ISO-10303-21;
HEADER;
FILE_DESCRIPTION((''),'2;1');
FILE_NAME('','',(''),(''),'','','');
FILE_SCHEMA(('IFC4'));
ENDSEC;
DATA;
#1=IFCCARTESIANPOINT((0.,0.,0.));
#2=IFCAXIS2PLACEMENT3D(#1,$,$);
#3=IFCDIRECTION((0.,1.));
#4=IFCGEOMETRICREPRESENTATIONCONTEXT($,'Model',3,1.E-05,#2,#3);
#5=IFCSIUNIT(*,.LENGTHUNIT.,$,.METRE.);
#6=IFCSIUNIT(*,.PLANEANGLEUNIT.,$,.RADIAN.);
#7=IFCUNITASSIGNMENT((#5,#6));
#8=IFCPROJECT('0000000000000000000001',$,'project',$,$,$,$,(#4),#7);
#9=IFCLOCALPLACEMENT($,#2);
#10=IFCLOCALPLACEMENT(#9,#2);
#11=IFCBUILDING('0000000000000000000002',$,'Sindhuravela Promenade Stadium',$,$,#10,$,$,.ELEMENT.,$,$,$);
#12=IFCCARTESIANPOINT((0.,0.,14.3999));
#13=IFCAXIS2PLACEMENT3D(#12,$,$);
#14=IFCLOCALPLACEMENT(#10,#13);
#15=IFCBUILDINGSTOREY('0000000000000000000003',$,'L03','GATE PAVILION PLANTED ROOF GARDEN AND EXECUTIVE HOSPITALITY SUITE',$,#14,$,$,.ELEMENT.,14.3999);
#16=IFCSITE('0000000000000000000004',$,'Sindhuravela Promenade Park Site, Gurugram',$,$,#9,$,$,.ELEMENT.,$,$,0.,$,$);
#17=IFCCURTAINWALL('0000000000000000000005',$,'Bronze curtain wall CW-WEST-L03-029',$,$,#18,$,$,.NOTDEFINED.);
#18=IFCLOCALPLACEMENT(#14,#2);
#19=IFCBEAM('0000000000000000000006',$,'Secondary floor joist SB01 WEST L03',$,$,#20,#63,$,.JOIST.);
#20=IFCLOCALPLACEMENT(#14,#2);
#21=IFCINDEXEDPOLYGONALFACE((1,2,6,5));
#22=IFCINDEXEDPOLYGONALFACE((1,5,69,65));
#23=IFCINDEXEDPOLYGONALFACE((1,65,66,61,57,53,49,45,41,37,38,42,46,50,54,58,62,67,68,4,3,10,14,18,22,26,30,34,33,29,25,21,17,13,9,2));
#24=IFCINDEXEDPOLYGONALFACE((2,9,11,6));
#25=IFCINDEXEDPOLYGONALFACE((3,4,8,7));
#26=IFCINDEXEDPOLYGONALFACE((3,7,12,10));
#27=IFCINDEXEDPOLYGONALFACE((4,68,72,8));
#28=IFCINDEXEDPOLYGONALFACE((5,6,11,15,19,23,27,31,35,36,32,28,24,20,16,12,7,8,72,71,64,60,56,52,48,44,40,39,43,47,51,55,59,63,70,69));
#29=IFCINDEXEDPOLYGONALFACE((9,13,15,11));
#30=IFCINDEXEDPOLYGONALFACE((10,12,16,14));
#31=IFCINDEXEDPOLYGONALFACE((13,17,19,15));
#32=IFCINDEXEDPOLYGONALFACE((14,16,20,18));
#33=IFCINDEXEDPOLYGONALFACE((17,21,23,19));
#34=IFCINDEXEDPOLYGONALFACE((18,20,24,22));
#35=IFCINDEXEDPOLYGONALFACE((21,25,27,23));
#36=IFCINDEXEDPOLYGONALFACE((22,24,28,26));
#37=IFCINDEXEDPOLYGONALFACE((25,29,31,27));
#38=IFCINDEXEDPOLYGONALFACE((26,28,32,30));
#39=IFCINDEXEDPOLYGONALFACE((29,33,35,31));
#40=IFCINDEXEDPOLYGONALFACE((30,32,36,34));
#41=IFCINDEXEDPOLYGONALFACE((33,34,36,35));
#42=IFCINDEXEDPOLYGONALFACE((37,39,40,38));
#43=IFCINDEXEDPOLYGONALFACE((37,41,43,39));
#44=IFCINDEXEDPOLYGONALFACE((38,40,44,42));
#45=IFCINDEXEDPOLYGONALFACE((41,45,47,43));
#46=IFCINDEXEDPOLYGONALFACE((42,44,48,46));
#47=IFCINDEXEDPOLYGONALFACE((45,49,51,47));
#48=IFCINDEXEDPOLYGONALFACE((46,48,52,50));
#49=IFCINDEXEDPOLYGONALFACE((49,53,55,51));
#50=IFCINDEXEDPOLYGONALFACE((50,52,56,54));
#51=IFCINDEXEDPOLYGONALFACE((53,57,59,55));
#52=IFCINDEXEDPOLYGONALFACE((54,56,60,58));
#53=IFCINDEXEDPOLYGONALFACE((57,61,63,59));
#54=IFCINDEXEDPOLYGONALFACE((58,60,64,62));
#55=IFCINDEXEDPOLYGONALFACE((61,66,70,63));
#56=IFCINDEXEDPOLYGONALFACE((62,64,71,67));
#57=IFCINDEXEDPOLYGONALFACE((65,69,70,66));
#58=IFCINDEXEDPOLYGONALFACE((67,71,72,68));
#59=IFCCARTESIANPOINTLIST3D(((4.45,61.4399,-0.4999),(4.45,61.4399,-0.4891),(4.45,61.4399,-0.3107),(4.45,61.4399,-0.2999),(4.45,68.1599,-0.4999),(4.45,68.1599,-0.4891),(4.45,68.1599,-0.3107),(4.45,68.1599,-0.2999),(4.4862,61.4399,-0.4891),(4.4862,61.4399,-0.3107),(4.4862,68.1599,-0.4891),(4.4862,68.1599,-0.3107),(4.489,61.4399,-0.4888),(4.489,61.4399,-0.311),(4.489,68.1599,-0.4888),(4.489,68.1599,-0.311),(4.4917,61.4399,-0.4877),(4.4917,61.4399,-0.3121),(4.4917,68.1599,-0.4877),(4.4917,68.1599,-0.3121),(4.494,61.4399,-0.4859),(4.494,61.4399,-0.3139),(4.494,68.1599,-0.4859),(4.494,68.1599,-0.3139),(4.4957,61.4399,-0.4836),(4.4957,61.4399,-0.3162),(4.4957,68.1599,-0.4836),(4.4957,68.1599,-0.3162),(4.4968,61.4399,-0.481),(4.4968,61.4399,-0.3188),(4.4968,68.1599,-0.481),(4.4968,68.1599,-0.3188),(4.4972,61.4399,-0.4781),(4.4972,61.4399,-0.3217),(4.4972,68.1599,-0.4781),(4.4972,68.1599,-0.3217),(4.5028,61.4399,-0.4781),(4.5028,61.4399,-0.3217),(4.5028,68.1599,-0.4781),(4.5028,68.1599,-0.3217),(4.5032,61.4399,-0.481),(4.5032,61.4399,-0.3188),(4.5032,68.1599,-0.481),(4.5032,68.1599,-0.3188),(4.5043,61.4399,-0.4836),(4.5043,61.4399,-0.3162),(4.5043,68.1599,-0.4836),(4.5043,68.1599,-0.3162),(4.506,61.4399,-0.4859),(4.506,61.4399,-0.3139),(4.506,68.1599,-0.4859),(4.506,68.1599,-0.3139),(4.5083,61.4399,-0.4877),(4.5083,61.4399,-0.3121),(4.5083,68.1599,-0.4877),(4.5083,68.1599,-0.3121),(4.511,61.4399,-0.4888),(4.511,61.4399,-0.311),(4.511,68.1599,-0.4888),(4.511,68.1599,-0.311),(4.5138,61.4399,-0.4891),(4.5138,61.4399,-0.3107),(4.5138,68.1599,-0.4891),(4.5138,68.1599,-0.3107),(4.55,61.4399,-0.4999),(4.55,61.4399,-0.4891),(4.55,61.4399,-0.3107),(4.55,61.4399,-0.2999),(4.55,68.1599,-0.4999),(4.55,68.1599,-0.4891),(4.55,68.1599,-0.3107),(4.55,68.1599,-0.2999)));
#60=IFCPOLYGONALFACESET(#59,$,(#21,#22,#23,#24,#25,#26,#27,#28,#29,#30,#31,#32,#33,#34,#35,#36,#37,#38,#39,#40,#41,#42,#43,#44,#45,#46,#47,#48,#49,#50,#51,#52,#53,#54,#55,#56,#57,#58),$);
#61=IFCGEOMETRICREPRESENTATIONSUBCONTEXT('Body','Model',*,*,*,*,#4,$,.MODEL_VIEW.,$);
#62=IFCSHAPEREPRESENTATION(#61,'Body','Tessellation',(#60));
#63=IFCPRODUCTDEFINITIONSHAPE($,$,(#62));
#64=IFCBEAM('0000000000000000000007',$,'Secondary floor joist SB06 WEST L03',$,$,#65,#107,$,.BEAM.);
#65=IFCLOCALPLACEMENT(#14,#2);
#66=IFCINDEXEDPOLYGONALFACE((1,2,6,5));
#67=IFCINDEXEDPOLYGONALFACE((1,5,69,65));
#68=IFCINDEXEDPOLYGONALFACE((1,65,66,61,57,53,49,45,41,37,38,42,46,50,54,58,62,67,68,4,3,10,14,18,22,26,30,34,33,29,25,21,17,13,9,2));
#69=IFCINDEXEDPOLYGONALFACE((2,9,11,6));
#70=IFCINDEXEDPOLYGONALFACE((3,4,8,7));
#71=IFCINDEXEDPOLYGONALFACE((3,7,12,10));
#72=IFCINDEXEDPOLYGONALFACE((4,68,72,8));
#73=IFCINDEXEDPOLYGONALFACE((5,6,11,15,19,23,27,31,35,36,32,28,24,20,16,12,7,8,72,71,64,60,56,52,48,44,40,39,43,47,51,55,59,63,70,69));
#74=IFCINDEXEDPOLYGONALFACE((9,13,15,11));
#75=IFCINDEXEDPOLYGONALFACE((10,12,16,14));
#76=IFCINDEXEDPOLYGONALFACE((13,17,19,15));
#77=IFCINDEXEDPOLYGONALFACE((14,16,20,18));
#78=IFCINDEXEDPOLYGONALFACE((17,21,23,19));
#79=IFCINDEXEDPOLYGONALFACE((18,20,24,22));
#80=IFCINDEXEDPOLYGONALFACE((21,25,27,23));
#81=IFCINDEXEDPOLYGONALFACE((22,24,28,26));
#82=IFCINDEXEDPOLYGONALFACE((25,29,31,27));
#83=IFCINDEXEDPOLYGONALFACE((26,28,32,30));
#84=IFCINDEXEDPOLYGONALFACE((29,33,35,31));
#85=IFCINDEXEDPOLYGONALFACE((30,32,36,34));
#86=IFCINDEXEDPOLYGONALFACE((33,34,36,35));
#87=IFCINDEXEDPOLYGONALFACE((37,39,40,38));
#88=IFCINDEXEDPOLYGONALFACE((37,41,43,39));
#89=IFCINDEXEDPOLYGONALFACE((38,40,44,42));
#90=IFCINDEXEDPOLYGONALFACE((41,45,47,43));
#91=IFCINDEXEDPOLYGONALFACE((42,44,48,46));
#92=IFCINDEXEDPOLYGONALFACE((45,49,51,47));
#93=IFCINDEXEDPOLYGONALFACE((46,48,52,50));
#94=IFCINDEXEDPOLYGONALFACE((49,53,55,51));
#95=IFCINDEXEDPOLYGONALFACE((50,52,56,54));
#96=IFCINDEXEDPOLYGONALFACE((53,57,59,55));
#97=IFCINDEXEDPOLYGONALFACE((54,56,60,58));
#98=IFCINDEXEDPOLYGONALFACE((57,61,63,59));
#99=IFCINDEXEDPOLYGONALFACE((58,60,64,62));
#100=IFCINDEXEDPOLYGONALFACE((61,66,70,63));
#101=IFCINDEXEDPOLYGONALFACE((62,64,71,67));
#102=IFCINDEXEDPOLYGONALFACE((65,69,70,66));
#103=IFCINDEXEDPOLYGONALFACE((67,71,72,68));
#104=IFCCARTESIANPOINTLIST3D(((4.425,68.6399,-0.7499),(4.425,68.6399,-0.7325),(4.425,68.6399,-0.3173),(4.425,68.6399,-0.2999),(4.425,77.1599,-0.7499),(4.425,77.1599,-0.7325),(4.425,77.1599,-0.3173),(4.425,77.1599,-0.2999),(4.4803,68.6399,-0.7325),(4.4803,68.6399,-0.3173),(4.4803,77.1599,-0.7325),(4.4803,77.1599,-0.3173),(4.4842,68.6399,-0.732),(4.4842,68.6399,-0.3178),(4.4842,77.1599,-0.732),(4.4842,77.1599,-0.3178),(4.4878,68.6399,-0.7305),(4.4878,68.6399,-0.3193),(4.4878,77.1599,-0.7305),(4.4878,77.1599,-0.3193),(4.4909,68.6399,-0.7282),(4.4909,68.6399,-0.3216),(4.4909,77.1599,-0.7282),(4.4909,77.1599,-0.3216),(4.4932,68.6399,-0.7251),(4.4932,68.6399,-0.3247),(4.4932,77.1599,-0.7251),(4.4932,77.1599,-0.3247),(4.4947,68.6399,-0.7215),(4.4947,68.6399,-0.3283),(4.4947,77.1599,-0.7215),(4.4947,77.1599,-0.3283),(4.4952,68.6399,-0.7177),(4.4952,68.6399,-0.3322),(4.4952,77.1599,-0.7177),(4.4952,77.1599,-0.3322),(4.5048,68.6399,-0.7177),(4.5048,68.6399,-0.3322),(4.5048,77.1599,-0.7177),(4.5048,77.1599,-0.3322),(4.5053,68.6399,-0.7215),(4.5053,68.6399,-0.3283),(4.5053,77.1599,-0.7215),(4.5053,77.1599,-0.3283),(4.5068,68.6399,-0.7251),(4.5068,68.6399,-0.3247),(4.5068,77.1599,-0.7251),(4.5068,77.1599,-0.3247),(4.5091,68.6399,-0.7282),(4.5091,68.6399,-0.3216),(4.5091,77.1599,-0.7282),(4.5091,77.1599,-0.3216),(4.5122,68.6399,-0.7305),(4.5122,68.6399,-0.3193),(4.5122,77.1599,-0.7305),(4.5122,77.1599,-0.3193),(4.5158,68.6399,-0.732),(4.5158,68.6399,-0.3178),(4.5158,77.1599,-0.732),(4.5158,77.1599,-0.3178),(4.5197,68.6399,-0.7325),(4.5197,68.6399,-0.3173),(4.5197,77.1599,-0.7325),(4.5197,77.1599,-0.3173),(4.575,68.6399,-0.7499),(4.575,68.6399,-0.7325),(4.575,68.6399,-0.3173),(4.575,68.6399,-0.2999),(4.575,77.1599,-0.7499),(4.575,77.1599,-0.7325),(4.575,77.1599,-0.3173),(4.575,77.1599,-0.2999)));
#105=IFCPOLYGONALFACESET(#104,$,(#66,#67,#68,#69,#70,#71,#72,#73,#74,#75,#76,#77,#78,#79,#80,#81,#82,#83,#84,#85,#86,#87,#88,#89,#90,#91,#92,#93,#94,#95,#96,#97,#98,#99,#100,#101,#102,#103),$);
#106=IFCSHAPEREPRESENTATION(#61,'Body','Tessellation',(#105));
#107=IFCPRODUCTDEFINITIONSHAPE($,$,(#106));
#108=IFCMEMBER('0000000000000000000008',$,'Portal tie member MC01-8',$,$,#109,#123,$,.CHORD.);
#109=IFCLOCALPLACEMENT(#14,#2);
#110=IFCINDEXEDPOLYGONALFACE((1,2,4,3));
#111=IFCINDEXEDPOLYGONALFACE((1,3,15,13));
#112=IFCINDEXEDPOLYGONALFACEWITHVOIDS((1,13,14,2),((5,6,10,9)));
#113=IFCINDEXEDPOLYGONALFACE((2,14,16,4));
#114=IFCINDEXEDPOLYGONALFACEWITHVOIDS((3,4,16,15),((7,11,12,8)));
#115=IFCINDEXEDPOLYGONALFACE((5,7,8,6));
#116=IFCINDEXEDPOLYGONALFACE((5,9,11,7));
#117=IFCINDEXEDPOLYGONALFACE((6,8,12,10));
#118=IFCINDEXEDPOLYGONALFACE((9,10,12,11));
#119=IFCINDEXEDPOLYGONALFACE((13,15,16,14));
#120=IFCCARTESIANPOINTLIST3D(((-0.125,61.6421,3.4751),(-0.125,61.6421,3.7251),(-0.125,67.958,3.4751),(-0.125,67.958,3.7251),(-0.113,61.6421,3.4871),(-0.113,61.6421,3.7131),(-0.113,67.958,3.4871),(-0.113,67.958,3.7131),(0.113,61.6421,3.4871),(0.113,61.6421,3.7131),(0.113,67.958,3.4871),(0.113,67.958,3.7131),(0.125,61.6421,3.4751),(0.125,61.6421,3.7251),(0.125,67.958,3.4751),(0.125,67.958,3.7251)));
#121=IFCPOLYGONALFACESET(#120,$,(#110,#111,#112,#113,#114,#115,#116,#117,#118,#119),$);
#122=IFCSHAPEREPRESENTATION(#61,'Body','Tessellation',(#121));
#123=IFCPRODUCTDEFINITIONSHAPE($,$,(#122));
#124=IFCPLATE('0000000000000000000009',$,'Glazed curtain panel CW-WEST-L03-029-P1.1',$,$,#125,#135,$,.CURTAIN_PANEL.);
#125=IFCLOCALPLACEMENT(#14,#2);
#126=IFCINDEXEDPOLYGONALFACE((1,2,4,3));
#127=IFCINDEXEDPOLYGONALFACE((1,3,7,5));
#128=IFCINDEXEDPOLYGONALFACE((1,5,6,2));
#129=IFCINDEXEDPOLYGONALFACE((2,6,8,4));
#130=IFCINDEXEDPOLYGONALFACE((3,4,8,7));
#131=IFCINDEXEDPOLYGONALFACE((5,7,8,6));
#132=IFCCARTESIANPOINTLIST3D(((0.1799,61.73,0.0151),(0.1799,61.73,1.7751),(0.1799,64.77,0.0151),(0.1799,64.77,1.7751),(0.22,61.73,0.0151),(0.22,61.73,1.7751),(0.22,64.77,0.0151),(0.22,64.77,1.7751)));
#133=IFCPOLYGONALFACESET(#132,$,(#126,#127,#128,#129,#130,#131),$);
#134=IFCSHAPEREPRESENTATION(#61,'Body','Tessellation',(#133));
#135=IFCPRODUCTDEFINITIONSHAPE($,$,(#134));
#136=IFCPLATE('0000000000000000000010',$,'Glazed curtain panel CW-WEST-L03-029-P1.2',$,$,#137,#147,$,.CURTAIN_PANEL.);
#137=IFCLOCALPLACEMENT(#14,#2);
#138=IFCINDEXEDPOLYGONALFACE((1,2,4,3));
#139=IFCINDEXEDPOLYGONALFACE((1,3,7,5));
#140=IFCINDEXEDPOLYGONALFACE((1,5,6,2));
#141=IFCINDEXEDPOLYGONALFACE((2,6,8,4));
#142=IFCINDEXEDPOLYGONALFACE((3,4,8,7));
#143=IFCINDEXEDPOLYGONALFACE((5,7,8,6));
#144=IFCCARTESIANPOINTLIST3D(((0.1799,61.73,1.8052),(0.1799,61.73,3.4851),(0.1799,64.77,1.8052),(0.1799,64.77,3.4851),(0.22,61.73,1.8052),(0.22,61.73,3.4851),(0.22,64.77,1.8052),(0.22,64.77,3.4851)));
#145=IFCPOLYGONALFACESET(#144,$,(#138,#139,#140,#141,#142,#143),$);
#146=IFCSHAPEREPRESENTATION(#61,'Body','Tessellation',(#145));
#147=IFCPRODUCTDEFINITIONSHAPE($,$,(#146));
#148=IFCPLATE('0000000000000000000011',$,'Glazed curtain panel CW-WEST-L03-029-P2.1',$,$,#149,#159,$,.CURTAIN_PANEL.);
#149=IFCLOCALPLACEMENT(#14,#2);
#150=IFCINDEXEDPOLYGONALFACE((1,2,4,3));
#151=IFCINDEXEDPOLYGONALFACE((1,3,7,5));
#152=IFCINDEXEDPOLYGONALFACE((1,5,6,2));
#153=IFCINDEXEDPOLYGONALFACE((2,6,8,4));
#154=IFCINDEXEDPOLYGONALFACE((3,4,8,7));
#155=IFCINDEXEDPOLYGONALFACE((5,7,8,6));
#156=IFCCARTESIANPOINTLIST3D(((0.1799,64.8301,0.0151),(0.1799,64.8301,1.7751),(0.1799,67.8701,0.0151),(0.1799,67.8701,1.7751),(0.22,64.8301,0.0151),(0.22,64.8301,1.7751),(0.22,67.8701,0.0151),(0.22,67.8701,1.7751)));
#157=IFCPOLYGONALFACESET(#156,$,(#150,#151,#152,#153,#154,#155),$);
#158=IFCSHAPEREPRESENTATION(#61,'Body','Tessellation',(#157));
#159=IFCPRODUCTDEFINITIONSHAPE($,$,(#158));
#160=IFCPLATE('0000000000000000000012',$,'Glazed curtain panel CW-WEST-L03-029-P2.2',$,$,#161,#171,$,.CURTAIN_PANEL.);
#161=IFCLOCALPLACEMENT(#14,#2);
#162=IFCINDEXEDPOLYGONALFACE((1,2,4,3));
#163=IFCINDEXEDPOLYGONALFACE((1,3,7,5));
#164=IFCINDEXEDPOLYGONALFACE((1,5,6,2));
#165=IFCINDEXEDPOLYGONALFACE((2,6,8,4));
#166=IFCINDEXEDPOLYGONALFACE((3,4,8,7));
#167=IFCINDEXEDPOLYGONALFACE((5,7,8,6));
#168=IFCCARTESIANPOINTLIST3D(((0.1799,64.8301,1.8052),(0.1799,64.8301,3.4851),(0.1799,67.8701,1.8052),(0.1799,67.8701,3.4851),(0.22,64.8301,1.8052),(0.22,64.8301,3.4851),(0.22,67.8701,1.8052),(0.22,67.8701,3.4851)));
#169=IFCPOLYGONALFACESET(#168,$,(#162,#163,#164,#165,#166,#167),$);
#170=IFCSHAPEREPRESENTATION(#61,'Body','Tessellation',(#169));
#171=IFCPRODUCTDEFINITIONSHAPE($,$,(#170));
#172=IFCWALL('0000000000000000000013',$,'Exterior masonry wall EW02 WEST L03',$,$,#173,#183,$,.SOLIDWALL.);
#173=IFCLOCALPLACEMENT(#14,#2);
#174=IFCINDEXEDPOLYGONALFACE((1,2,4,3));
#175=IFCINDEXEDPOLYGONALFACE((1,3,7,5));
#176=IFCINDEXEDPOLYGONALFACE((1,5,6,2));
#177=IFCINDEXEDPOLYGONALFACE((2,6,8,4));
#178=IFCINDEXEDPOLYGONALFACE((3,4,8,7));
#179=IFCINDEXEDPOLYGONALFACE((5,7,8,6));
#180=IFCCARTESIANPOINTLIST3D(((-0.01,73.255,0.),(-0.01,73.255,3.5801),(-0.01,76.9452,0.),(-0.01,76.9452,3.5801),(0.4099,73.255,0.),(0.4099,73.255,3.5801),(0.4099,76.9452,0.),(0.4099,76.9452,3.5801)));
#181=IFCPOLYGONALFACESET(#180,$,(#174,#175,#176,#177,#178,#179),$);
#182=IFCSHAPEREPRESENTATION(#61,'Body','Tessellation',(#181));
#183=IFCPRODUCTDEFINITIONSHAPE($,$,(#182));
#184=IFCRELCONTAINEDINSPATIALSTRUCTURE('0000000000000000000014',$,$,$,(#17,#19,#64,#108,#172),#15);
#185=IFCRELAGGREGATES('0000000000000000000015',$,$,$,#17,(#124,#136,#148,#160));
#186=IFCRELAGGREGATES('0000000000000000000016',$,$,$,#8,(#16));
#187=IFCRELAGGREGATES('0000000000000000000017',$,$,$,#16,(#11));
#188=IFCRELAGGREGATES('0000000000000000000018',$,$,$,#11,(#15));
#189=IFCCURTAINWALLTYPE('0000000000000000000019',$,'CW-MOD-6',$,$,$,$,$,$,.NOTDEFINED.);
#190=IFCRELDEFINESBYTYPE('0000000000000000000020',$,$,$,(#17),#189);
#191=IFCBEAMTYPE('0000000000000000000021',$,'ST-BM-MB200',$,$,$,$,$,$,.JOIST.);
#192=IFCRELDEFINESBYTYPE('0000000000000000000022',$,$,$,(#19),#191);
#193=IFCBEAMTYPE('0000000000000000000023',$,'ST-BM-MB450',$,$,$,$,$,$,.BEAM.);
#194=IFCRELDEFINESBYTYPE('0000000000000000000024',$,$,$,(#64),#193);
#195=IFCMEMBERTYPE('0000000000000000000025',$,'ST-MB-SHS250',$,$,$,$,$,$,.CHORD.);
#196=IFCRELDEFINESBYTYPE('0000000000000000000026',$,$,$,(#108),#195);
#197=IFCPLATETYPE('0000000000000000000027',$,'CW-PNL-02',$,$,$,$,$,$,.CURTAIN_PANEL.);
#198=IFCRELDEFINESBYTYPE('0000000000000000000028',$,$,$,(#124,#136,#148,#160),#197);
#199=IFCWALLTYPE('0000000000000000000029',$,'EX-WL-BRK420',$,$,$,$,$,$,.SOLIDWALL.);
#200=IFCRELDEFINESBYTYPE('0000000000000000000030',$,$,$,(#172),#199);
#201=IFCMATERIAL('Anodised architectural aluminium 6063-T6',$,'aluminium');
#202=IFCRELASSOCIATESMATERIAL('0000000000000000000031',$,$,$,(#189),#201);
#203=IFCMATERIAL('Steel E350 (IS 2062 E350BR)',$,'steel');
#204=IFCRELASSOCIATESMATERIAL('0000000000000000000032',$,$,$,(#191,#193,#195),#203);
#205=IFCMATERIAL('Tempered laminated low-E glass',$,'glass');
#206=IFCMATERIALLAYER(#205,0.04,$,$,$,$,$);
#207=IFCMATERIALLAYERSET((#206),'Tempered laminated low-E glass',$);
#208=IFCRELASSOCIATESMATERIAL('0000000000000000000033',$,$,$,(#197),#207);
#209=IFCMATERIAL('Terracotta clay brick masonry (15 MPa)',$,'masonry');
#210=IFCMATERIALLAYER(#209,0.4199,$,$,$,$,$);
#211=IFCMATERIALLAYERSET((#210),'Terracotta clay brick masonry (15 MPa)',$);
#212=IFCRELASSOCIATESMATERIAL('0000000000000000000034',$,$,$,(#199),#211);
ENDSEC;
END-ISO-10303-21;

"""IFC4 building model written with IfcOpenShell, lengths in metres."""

from ifc_helpers import new_model, si_unit, direction, frame, frame_2d, origin, origin_2d, place, context, subcontext, project, spatial, rectangle, hollow_rectangle, i_section, extrude, material, layer, layer_set, material_profile, profile_set, type_object, element, aggregate, save


model = new_model("IFC4")

# Units and contexts
model_context = context("Model", 3, precision=1e-05, world=origin(), true_north=direction((0.0, 1.0)))
body_context = subcontext(model_context, "Body", "Model", "MODEL_VIEW")
ifc_project = project(units=[si_unit("LENGTHUNIT", "METRE"), si_unit("PLANEANGLEUNIT", "RADIAN")], contexts=[model_context])

# Site, building, storey
site_placement = place(None, origin())
site = spatial("IfcSite", under=ifc_project, at=site_placement, Name="Sindhuravela Promenade Park Site, Gurugram", CompositionType="ELEMENT", RefElevation=0.0)
building_placement = place(site_placement, origin())
building = spatial("IfcBuilding", under=site, at=building_placement, Name="Sindhuravela Promenade Stadium", CompositionType="ELEMENT")
storey_placement = place(building_placement, frame((0.0, 0.0, 14.3999)))
storey = spatial("IfcBuildingStorey", under=building, at=storey_placement, Name="L03", Description="GATE PAVILION PLANTED ROOF GARDEN AND EXECUTIVE HOSPITALITY SUITE", CompositionType="ELEMENT", Elevation=14.3999)

# Curtain wall
ifc_material_1 = material(Name="Anodised architectural aluminium 6063-T6", Category="aluminium")
curtain_wall_type = type_object("IfcCurtainWallType", Name="CW-MOD-6", PredefinedType="NOTDEFINED", material=ifc_material_1)
curtain_wall_placement = place(storey_placement, origin())
curtain_wall = element("IfcCurtainWall", 1, at=curtain_wall_placement, inside=storey, type_object=curtain_wall_type, Name="Bronze curtain wall CW-WEST-L03-029", PredefinedType="NOTDEFINED")

# Beams
ifc_material_2 = material(Name="Steel E350 (IS 2062 E350BR)", Category="steel")
ifc_material_profile_1 = material_profile(ifc_material_2, i_section(OverallWidth=0.1001, OverallDepth=0.2, WebThickness=0.0056, FlangeThickness=0.0107, FilletRadius=0.011, at=origin_2d()), Name="ISMB 200")
ifc_profile_set_1 = profile_set([ifc_material_profile_1], Name="Steel E350 (IS 2062 E350BR)")
beam_type_1 = type_object("IfcBeamType", Name="ST-BM-MB200", PredefinedType="JOIST", material=ifc_profile_set_1)
beam_1_placement = place(storey_placement, frame((4.5, 61.4399, -0.3999), z_axis=(0.0, 1.0, 0.0), x_axis=(-1.0, 0.0, 0.0)))
element("IfcBeam", 2, at=beam_1_placement, inside=storey, type_object=beam_type_1, Name="Secondary floor joist SB01 WEST L03", PredefinedType="JOIST", context=body_context, shape_type="SweptSolid", body=[
    extrude(i_section(OverallWidth=0.1001, OverallDepth=0.2, WebThickness=0.0056, FlangeThickness=0.0107, FilletRadius=0.011, at=origin_2d()), origin(), (0.0, 0.0, 1.0), 6.72),
])
ifc_material_profile_2 = material_profile(ifc_material_2, i_section(OverallWidth=0.1499, OverallDepth=0.45, WebThickness=0.0095, FlangeThickness=0.0173, FilletRadius=0.0149, at=origin_2d()), Name="ISMB 450")
ifc_profile_set_2 = profile_set([ifc_material_profile_2], Name="Steel E350 (IS 2062 E350BR)")
beam_type_2 = type_object("IfcBeamType", Name="ST-BM-MB450", PredefinedType="BEAM", material=ifc_profile_set_2)
beam_2_placement = place(storey_placement, frame((4.5, 68.6399, -0.5249), z_axis=(0.0, 1.0, 0.0), x_axis=(-1.0, 0.0, 0.0)))
element("IfcBeam", 3, at=beam_2_placement, inside=storey, type_object=beam_type_2, Name="Secondary floor joist SB06 WEST L03", PredefinedType="BEAM", context=body_context, shape_type="SweptSolid", body=[
    extrude(i_section(OverallWidth=0.1499, OverallDepth=0.45, WebThickness=0.0095, FlangeThickness=0.0173, FilletRadius=0.0149, at=origin_2d()), origin(), (0.0, 0.0, 1.0), 8.52),
])

# Member
ifc_material_profile_3 = material_profile(ifc_material_2, hollow_rectangle(XDim=0.25, YDim=0.25, WallThickness=0.012, at=origin_2d()), Name="SHS 250x250x12")
ifc_profile_set_3 = profile_set([ifc_material_profile_3], Name="Steel E350 (IS 2062 E350BR)")
member_type_1 = type_object("IfcMemberType", Name="ST-MB-SHS250", PredefinedType="CHORD", material=ifc_profile_set_3)
member_1_placement = place(storey_placement, frame((0.0, 61.6421, 3.6001), z_axis=(0.0, 1.0, 0.0), x_axis=(-1.0, 0.0, 0.0)))
element("IfcMember", 4, at=member_1_placement, inside=storey, type_object=member_type_1, Name="Portal tie member MC01-8", PredefinedType="CHORD", context=body_context, shape_type="SweptSolid", body=[
    extrude(hollow_rectangle(XDim=0.25, YDim=0.25, WallThickness=0.012, at=origin_2d()), origin(), (0.0, 0.0, 1.0), 6.3159),
])

# Plates
ifc_material_3 = material(Name="Tempered laminated low-E glass", Category="glass")
ifc_layer_1 = layer(ifc_material_3, 0.04)
ifc_layer_set_1 = layer_set([ifc_layer_1], Name="Tempered laminated low-E glass")
plate_type = type_object("IfcPlateType", Name="CW-PNL-02", PredefinedType="CURTAIN_PANEL", material=ifc_layer_set_1)
plate_1_placement = place(storey_placement, frame((0.2, 63.25, 0.0151), z_axis=(0.0, 0.0, 1.0), x_axis=(0.0, 1.0, 0.0)))
plate_1 = element("IfcPlate", 5, at=plate_1_placement, type_object=plate_type, Name="Glazed curtain panel CW-WEST-L03-029-P1.1", PredefinedType="CURTAIN_PANEL", context=body_context, shape_type="SweptSolid", body=[
    extrude(rectangle(XDim=3.04, YDim=0.04, at=origin_2d()), origin(), (0.0, 0.0, 1.0), 1.76),
])
plate_2_placement = place(storey_placement, frame((0.2, 63.25, 1.8052), z_axis=(0.0, 0.0, 1.0), x_axis=(0.0, 1.0, 0.0)))
plate_2 = element("IfcPlate", 6, at=plate_2_placement, type_object=plate_type, Name="Glazed curtain panel CW-WEST-L03-029-P1.2", PredefinedType="CURTAIN_PANEL", context=body_context, shape_type="SweptSolid", body=[
    extrude(rectangle(XDim=3.04, YDim=0.04, at=origin_2d()), origin(), (0.0, 0.0, 1.0), 1.6799),
])
plate_3_placement = place(storey_placement, frame((0.2, 66.3501, 0.0151), z_axis=(0.0, 0.0, 1.0), x_axis=(0.0, 1.0, 0.0)))
plate_3 = element("IfcPlate", 7, at=plate_3_placement, type_object=plate_type, Name="Glazed curtain panel CW-WEST-L03-029-P2.1", PredefinedType="CURTAIN_PANEL", context=body_context, shape_type="SweptSolid", body=[
    extrude(rectangle(XDim=3.04, YDim=0.04, at=origin_2d()), origin(), (0.0, 0.0, 1.0), 1.76),
])
plate_4_placement = place(storey_placement, frame((0.2, 66.3501, 1.8052), z_axis=(0.0, 0.0, 1.0), x_axis=(0.0, 1.0, 0.0)))
plate_4 = element("IfcPlate", 8, at=plate_4_placement, type_object=plate_type, Name="Glazed curtain panel CW-WEST-L03-029-P2.2", PredefinedType="CURTAIN_PANEL", context=body_context, shape_type="SweptSolid", body=[
    extrude(rectangle(XDim=3.04, YDim=0.04, at=origin_2d()), origin(), (0.0, 0.0, 1.0), 1.6799),
])
aggregate(curtain_wall, [plate_1, plate_2, plate_3, plate_4])

# Wall
ifc_material_4 = material(Name="Terracotta clay brick masonry (15 MPa)", Category="masonry")
ifc_layer_2 = layer(ifc_material_4, 0.4199)
ifc_layer_set_2 = layer_set([ifc_layer_2], Name="Terracotta clay brick masonry (15 MPa)")
wall_type_1 = type_object("IfcWallType", Name="EX-WL-BRK420", PredefinedType="SOLIDWALL", material=ifc_layer_set_2)
wall_1_placement = place(storey_placement, frame((0.2, 73.2549, 0.0), z_axis=(0.0, 0.0, 1.0), x_axis=(0.0, 1.0, 0.0)))
element("IfcWall", 9, at=wall_1_placement, inside=storey, type_object=wall_type_1, Name="Exterior masonry wall EW02 WEST L03", PredefinedType="SOLIDWALL", context=body_context, shape_type="SweptSolid", body=[
    extrude(rectangle(XDim=3.6902, YDim=0.4199, at=frame_2d((1.8452, 0.0))), origin(), (0.0, 0.0, 1.0), 3.5801),
])

save(model, "model.ifc")
